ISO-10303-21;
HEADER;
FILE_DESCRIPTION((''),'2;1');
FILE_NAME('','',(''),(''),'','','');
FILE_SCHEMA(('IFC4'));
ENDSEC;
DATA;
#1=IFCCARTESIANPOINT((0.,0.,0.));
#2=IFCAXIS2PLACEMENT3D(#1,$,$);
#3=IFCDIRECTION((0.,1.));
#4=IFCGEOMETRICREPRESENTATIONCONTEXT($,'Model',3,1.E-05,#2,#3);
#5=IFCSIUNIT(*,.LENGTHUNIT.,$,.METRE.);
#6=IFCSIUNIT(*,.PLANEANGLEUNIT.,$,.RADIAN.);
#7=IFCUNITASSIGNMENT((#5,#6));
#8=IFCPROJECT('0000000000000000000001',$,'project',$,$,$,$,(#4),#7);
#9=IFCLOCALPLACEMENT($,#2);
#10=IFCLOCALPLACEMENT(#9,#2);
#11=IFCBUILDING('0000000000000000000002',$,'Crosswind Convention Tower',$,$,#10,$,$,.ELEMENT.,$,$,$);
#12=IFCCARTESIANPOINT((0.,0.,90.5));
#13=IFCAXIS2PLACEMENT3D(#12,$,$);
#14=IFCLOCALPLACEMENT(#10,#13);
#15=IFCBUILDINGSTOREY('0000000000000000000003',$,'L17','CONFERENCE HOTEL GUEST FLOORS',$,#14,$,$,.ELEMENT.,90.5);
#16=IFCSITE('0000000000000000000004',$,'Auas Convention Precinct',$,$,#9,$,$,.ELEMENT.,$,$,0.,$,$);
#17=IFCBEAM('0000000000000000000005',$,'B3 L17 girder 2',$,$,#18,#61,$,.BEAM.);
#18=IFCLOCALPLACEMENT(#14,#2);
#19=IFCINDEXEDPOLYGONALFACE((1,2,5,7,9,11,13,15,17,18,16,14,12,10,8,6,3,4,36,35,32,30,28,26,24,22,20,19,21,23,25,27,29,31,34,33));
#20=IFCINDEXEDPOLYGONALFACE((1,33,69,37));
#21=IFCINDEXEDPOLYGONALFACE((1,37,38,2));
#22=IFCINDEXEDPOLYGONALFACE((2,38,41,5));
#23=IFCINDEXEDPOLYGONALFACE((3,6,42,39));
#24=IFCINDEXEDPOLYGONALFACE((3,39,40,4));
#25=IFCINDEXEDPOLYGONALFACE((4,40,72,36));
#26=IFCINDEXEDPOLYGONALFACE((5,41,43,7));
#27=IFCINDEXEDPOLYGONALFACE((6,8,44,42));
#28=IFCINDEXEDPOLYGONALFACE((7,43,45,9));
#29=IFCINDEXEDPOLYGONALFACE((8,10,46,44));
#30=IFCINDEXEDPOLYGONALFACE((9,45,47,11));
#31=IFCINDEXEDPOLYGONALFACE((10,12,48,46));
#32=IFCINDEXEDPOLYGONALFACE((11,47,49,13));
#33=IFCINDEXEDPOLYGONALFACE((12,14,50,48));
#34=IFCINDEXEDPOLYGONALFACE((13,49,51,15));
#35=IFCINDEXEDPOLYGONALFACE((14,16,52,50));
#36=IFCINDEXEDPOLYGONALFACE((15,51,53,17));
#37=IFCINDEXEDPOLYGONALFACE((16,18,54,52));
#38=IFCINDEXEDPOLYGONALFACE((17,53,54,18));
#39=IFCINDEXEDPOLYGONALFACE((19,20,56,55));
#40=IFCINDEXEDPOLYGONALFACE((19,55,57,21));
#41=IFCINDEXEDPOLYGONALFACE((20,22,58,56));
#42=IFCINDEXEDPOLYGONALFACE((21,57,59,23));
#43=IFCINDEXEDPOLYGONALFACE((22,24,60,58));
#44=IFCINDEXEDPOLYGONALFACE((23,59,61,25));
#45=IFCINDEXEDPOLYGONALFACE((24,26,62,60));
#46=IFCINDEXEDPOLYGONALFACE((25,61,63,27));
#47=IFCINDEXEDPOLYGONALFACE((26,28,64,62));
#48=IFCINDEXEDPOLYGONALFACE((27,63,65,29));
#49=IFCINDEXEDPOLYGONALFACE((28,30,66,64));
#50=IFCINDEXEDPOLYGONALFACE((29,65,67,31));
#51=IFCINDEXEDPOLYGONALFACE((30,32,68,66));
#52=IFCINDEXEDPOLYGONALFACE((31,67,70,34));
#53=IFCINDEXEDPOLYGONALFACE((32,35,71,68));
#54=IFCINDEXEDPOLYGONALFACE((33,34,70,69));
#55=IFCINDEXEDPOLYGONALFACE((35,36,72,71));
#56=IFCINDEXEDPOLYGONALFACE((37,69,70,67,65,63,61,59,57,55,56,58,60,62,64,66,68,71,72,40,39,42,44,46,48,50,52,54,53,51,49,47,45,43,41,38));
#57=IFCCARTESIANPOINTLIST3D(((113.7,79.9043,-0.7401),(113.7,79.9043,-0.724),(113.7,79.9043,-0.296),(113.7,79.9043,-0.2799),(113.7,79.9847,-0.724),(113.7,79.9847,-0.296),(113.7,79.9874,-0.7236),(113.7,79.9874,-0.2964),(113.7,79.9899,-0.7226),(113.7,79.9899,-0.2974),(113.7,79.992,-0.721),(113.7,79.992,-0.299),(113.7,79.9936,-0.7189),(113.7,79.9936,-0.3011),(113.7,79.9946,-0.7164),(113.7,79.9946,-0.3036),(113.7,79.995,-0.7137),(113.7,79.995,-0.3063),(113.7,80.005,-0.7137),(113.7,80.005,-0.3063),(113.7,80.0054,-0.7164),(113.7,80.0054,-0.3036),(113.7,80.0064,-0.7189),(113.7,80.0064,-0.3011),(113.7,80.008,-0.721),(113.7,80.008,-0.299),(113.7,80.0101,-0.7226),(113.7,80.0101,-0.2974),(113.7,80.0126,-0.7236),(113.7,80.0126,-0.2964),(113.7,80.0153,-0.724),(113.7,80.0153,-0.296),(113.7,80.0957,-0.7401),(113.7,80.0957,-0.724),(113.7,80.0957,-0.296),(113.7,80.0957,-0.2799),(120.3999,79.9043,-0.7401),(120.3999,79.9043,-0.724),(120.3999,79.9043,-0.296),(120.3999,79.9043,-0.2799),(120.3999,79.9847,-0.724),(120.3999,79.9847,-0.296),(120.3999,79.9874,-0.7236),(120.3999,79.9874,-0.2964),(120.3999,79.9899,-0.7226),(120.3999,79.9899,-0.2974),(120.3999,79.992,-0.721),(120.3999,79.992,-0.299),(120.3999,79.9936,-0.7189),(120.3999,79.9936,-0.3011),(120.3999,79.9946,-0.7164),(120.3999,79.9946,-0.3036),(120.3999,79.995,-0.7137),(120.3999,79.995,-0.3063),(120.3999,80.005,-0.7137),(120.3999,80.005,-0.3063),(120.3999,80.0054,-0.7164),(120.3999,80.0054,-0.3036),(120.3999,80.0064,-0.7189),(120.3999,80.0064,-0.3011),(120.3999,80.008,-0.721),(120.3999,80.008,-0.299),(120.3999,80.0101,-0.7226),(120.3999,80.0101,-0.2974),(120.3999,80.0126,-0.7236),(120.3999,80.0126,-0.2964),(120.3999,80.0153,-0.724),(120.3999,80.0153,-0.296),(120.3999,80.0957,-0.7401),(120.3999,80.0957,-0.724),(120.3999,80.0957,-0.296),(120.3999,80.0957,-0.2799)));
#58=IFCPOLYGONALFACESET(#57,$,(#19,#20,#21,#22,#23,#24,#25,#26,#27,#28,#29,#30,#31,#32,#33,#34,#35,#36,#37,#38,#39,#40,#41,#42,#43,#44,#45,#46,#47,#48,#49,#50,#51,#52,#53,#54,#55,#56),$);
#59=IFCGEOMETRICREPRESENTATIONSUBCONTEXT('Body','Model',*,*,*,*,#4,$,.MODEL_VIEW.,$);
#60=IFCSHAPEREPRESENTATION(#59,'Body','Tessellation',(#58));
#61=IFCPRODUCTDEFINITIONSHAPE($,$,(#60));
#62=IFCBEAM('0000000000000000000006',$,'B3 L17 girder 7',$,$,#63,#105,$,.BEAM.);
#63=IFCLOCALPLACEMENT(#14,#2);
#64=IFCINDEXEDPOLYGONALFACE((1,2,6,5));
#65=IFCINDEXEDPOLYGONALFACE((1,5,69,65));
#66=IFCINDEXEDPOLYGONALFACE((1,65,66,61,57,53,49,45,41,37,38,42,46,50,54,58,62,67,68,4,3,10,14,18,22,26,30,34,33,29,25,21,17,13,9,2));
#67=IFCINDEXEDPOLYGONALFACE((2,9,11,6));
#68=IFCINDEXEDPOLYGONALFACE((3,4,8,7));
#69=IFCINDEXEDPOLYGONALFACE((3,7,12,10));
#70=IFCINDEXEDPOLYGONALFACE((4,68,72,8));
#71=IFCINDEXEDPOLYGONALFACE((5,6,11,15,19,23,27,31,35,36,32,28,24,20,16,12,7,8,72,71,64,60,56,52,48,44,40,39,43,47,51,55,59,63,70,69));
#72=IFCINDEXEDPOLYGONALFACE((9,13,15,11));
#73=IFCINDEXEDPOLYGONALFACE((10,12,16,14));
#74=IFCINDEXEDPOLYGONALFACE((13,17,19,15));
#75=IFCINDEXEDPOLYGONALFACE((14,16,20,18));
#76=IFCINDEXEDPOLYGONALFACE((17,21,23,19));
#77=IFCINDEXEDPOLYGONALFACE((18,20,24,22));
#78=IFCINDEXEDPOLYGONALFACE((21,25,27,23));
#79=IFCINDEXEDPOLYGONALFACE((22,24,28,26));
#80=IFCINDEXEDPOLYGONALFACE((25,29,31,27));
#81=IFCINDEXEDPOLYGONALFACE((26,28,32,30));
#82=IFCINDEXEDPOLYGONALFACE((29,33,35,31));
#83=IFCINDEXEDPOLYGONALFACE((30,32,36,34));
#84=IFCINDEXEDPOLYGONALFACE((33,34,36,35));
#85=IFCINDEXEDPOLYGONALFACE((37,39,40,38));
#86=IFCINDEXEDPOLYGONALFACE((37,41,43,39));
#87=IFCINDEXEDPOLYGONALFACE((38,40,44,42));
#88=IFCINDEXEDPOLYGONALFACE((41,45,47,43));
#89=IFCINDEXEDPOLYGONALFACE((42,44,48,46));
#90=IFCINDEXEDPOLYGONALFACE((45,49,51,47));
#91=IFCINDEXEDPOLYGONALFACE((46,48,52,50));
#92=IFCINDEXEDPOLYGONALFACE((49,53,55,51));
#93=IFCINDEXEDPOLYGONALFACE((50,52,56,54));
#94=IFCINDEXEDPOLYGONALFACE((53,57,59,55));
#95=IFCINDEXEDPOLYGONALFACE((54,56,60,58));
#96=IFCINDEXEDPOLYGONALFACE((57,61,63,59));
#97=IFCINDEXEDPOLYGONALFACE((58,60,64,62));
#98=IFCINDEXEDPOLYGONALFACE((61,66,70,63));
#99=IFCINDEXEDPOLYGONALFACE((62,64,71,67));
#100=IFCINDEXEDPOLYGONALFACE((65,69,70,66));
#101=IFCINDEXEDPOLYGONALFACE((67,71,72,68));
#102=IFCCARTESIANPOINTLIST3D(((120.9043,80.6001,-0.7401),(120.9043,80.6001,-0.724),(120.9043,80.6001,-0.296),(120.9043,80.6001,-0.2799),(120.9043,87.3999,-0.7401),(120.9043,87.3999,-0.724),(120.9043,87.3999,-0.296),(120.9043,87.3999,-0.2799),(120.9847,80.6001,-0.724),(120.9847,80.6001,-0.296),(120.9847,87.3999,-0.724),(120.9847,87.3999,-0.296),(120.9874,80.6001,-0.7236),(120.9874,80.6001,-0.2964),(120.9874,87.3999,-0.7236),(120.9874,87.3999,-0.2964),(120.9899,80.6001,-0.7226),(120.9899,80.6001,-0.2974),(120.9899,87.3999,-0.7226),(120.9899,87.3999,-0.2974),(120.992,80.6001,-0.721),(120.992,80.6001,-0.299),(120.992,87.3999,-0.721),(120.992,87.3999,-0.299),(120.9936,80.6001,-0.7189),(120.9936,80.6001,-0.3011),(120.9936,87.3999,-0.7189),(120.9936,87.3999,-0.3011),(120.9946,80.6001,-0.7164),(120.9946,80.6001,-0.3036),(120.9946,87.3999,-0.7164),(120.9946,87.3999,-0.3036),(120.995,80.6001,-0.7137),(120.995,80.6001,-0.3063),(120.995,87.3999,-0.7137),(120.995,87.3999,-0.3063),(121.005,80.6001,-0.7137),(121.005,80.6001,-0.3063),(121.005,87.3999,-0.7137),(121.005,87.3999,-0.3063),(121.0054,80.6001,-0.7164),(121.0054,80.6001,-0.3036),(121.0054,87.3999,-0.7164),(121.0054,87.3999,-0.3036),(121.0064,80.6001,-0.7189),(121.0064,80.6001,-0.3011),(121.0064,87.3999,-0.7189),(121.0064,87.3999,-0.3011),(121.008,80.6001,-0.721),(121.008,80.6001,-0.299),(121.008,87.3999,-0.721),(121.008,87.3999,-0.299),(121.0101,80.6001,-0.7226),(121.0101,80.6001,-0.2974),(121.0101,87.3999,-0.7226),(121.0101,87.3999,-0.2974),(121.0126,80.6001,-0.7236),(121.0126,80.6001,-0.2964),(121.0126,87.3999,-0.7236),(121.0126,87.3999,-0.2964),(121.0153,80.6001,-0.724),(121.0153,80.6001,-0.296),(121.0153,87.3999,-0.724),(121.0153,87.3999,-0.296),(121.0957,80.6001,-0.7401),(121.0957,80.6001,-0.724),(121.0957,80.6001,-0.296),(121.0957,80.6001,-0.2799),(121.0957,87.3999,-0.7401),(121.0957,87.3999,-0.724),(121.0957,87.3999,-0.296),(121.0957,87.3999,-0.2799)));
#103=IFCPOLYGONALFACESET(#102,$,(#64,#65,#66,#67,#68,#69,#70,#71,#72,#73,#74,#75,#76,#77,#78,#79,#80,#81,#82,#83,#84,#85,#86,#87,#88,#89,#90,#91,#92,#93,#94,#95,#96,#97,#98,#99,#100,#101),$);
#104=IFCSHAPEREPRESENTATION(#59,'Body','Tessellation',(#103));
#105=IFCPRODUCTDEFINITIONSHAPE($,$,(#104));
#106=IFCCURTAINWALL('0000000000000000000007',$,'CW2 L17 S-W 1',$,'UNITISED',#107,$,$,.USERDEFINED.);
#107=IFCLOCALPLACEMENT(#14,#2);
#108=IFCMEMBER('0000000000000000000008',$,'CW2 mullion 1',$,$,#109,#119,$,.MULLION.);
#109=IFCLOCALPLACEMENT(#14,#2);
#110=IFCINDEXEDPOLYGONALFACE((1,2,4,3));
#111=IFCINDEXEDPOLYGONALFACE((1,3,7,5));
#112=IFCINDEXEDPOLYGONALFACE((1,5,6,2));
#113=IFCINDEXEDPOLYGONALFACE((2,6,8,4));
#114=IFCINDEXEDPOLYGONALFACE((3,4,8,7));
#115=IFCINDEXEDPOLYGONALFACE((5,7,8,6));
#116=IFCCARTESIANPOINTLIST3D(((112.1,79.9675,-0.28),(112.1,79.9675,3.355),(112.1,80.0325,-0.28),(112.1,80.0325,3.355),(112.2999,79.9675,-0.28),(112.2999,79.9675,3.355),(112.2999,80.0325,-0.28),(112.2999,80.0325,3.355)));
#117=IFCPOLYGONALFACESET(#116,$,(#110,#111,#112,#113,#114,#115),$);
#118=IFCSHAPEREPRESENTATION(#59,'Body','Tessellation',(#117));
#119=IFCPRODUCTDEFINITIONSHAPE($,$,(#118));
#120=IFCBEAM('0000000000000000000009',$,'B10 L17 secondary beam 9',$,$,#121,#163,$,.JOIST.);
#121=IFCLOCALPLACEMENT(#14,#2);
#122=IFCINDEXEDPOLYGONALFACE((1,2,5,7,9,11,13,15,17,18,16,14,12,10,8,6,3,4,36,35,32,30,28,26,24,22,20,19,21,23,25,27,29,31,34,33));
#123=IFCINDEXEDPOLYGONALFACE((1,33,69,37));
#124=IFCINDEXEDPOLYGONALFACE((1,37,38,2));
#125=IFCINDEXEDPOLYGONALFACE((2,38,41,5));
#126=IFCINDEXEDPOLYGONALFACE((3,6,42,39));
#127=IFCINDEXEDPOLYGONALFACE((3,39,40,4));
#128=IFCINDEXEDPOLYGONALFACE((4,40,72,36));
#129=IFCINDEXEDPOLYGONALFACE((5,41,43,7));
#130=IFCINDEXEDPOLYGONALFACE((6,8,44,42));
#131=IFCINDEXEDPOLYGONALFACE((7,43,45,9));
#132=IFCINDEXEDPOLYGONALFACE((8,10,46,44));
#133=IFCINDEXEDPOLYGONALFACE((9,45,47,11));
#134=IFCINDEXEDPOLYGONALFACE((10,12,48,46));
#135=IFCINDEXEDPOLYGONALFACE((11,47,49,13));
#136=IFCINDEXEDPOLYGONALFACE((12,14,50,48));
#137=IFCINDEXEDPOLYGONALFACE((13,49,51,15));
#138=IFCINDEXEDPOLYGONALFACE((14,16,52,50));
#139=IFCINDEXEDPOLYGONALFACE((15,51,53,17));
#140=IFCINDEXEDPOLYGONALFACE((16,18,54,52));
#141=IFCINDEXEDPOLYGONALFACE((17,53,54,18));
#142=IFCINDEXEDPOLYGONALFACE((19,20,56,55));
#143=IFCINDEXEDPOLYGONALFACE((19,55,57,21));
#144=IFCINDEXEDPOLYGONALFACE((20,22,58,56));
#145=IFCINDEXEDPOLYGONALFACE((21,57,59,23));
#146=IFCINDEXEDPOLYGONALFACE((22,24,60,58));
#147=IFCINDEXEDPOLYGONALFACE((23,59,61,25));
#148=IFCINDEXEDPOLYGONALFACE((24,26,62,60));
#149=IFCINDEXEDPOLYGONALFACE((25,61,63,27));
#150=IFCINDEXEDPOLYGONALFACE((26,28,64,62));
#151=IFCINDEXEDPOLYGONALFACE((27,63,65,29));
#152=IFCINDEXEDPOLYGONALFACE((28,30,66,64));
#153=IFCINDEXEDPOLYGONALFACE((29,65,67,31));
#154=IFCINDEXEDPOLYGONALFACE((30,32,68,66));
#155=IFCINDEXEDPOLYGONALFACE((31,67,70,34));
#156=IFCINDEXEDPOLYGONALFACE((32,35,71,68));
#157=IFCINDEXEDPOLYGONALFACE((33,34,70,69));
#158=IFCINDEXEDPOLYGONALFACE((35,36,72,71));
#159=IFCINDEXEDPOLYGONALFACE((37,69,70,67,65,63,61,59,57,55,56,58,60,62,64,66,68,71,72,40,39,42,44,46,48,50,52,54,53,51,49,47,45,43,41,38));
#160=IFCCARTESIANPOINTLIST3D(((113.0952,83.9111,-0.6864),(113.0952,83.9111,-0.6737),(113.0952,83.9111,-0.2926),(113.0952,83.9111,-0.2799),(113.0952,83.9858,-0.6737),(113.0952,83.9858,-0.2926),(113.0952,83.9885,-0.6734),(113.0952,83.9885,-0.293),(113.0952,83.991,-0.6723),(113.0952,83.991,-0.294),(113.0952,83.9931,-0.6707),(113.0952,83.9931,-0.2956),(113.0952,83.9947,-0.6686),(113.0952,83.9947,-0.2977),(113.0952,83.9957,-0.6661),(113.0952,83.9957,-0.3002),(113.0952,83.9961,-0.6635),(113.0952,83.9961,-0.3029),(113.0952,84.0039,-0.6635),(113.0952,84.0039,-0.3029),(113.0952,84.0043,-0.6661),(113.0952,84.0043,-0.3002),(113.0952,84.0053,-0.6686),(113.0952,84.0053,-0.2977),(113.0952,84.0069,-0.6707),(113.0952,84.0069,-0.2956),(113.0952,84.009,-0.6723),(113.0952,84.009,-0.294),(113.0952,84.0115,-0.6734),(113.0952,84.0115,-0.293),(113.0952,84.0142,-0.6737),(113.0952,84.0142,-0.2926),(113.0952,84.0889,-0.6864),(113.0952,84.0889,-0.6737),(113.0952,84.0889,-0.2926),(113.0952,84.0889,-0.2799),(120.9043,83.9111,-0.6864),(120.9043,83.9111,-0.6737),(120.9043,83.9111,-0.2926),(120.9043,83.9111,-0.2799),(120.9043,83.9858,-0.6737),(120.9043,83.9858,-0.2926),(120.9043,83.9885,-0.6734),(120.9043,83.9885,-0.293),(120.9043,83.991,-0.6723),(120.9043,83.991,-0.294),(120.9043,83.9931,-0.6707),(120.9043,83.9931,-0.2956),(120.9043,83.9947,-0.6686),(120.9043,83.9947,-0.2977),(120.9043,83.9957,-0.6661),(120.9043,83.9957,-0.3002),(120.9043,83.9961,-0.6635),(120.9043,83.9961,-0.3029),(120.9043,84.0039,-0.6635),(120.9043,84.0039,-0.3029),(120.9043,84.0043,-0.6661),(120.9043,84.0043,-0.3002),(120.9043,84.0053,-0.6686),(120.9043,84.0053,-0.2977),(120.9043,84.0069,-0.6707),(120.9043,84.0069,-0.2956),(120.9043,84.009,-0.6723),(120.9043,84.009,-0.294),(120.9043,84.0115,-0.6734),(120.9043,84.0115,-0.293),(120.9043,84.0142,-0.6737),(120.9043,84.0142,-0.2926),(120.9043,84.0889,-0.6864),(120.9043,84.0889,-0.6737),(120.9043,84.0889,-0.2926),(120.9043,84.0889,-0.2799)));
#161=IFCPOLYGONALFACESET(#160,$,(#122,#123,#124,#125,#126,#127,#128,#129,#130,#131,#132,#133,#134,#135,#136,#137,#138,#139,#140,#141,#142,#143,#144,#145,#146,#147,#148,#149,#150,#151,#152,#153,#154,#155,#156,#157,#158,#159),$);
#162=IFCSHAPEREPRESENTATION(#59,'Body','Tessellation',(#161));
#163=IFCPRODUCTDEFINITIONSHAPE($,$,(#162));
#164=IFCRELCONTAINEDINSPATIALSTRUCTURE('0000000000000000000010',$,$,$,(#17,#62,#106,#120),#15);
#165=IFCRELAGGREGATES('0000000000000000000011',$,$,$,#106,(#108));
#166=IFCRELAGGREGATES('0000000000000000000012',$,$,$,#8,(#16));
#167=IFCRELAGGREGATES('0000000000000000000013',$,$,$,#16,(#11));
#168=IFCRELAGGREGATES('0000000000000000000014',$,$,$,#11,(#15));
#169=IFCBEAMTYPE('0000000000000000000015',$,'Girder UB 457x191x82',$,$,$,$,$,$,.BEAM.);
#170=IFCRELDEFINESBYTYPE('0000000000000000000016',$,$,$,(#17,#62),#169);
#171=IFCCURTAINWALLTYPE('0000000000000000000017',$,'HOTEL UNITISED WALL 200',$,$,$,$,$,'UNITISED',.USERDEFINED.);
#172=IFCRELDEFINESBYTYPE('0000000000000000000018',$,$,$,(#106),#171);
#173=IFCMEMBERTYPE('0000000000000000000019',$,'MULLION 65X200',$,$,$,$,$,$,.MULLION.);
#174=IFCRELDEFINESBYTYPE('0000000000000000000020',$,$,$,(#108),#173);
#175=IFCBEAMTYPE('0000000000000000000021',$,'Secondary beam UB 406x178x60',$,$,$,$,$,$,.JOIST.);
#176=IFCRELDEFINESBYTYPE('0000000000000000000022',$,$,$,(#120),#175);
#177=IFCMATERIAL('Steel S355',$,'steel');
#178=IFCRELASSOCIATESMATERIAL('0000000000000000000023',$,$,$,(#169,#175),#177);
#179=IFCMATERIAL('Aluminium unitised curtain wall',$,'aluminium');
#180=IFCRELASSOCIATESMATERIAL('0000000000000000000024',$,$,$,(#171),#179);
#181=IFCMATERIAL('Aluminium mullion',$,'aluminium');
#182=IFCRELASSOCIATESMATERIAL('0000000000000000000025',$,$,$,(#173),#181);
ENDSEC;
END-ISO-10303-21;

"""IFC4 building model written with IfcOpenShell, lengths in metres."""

from ifc_helpers import new_model, si_unit, direction, frame, origin, origin_2d, place, context, subcontext, project, spatial, rectangle, i_section, extrude, material, material_profile, profile_set, type_object, element, aggregate, save


model = new_model("IFC4")

# Units and contexts
model_context = context("Model", 3, precision=1e-05, world=origin(), true_north=direction((0.0, 1.0)))
body_context = subcontext(model_context, "Body", "Model", "MODEL_VIEW")
ifc_project = project(units=[si_unit("LENGTHUNIT", "METRE"), si_unit("PLANEANGLEUNIT", "RADIAN")], contexts=[model_context])

# Site, building, storey
site_placement = place(None, origin())
site = spatial("IfcSite", under=ifc_project, at=site_placement, Name="Auas Convention Precinct", CompositionType="ELEMENT", RefElevation=0.0)
building_placement = place(site_placement, origin())
building = spatial("IfcBuilding", under=site, at=building_placement, Name="Crosswind Convention Tower", CompositionType="ELEMENT")
storey_placement = place(building_placement, frame((0.0, 0.0, 90.5)))
storey = spatial("IfcBuildingStorey", under=building, at=storey_placement, Name="L17", Description="CONFERENCE HOTEL GUEST FLOORS", CompositionType="ELEMENT", Elevation=90.5)

# Beams
ifc_material_1 = material(Name="Steel S355", Category="steel")
ifc_material_profile_1 = material_profile(ifc_material_1, i_section(OverallWidth=0.1914, OverallDepth=0.4602, WebThickness=0.01, FlangeThickness=0.0161, FilletRadius=0.0103, at=origin_2d()), Name="UB 457x191x82")
ifc_profile_set_1 = profile_set([ifc_material_profile_1], Name="Steel S355")
beam_type_1 = type_object("IfcBeamType", Name="Girder UB 457x191x82", PredefinedType="BEAM", material=ifc_profile_set_1)
beam_1_placement = place(storey_placement, frame((113.7, 80.0, -0.51), z_axis=(1.0, 0.0, 0.0), x_axis=(0.0, 1.0, 0.0)))
element("IfcBeam", 1, at=beam_1_placement, inside=storey, type_object=beam_type_1, Name="B3 L17 girder 2", PredefinedType="BEAM", context=body_context, shape_type="SweptSolid", body=[
    extrude(i_section(OverallWidth=0.1914, OverallDepth=0.4602, WebThickness=0.01, FlangeThickness=0.0161, FilletRadius=0.0103, at=origin_2d()), origin(), (0.0, 0.0, 1.0), 6.7),
])
beam_2_placement = place(storey_placement, frame((121.0, 80.6001, -0.51), z_axis=(0.0, 1.0, 0.0), x_axis=(-1.0, 0.0, 0.0)))
element("IfcBeam", 2, at=beam_2_placement, inside=storey, type_object=beam_type_1, Name="B3 L17 girder 7", PredefinedType="BEAM", context=body_context, shape_type="SweptSolid", body=[
    extrude(i_section(OverallWidth=0.1914, OverallDepth=0.4602, WebThickness=0.01, FlangeThickness=0.0161, FilletRadius=0.0103, at=origin_2d()), origin(), (0.0, 0.0, 1.0), 6.7998),
])

# Curtain wall, member
ifc_material_2 = material(Name="Aluminium unitised curtain wall", Category="aluminium")
curtain_wall_type = type_object("IfcCurtainWallType", Name="HOTEL UNITISED WALL 200", ElementType="UNITISED", PredefinedType="USERDEFINED", material=ifc_material_2)
curtain_wall_placement = place(storey_placement, origin())
curtain_wall = element("IfcCurtainWall", 3, at=curtain_wall_placement, inside=storey, type_object=curtain_wall_type, Name="CW2 L17 S-W 1", ObjectType="UNITISED", PredefinedType="USERDEFINED")
ifc_material_3 = material(Name="Aluminium mullion", Category="aluminium")
ifc_material_profile_2 = material_profile(ifc_material_3, rectangle(XDim=0.2, YDim=0.0649, at=origin_2d()), Name="AL 200X65")
ifc_profile_set_2 = profile_set([ifc_material_profile_2], Name="Aluminium mullion")
member_type_1 = type_object("IfcMemberType", Name="MULLION 65X200", PredefinedType="MULLION", material=ifc_profile_set_2)
member_1_placement = place(storey_placement, frame((112.2, 80.0, -0.28), z_axis=(0.0, 0.0, 1.0), x_axis=(-1.0, 0.0, 0.0)))
member_1 = element("IfcMember", 4, at=member_1_placement, type_object=member_type_1, Name="CW2 mullion 1", PredefinedType="MULLION", context=body_context, shape_type="SweptSolid", body=[
    extrude(rectangle(XDim=0.2, YDim=0.0649, at=origin_2d()), origin(), (0.0, 0.0, 1.0), 3.635),
])

# Beam
ifc_material_profile_3 = material_profile(ifc_material_1, i_section(OverallWidth=0.1777, OverallDepth=0.4065, WebThickness=0.0078, FlangeThickness=0.0127, FilletRadius=0.0103, at=origin_2d()), Name="UB 406x178x60")
ifc_profile_set_3 = profile_set([ifc_material_profile_3], Name="Steel S355")
beam_type_2 = type_object("IfcBeamType", Name="Secondary beam UB 406x178x60", PredefinedType="JOIST", material=ifc_profile_set_3)
beam_3_placement = place(storey_placement, frame((113.0952, 84.0, -0.4832), z_axis=(1.0, 0.0, 0.0), x_axis=(0.0, 1.0, 0.0)))
element("IfcBeam", 5, at=beam_3_placement, inside=storey, type_object=beam_type_2, Name="B10 L17 secondary beam 9", PredefinedType="JOIST", context=body_context, shape_type="SweptSolid", body=[
    extrude(i_section(OverallWidth=0.1777, OverallDepth=0.4065, WebThickness=0.0078, FlangeThickness=0.0127, FilletRadius=0.0103, at=origin_2d()), origin(), (0.0, 0.0, 1.0), 7.8091),
])

aggregate(curtain_wall, [member_1])

save(model, "model.ifc")
